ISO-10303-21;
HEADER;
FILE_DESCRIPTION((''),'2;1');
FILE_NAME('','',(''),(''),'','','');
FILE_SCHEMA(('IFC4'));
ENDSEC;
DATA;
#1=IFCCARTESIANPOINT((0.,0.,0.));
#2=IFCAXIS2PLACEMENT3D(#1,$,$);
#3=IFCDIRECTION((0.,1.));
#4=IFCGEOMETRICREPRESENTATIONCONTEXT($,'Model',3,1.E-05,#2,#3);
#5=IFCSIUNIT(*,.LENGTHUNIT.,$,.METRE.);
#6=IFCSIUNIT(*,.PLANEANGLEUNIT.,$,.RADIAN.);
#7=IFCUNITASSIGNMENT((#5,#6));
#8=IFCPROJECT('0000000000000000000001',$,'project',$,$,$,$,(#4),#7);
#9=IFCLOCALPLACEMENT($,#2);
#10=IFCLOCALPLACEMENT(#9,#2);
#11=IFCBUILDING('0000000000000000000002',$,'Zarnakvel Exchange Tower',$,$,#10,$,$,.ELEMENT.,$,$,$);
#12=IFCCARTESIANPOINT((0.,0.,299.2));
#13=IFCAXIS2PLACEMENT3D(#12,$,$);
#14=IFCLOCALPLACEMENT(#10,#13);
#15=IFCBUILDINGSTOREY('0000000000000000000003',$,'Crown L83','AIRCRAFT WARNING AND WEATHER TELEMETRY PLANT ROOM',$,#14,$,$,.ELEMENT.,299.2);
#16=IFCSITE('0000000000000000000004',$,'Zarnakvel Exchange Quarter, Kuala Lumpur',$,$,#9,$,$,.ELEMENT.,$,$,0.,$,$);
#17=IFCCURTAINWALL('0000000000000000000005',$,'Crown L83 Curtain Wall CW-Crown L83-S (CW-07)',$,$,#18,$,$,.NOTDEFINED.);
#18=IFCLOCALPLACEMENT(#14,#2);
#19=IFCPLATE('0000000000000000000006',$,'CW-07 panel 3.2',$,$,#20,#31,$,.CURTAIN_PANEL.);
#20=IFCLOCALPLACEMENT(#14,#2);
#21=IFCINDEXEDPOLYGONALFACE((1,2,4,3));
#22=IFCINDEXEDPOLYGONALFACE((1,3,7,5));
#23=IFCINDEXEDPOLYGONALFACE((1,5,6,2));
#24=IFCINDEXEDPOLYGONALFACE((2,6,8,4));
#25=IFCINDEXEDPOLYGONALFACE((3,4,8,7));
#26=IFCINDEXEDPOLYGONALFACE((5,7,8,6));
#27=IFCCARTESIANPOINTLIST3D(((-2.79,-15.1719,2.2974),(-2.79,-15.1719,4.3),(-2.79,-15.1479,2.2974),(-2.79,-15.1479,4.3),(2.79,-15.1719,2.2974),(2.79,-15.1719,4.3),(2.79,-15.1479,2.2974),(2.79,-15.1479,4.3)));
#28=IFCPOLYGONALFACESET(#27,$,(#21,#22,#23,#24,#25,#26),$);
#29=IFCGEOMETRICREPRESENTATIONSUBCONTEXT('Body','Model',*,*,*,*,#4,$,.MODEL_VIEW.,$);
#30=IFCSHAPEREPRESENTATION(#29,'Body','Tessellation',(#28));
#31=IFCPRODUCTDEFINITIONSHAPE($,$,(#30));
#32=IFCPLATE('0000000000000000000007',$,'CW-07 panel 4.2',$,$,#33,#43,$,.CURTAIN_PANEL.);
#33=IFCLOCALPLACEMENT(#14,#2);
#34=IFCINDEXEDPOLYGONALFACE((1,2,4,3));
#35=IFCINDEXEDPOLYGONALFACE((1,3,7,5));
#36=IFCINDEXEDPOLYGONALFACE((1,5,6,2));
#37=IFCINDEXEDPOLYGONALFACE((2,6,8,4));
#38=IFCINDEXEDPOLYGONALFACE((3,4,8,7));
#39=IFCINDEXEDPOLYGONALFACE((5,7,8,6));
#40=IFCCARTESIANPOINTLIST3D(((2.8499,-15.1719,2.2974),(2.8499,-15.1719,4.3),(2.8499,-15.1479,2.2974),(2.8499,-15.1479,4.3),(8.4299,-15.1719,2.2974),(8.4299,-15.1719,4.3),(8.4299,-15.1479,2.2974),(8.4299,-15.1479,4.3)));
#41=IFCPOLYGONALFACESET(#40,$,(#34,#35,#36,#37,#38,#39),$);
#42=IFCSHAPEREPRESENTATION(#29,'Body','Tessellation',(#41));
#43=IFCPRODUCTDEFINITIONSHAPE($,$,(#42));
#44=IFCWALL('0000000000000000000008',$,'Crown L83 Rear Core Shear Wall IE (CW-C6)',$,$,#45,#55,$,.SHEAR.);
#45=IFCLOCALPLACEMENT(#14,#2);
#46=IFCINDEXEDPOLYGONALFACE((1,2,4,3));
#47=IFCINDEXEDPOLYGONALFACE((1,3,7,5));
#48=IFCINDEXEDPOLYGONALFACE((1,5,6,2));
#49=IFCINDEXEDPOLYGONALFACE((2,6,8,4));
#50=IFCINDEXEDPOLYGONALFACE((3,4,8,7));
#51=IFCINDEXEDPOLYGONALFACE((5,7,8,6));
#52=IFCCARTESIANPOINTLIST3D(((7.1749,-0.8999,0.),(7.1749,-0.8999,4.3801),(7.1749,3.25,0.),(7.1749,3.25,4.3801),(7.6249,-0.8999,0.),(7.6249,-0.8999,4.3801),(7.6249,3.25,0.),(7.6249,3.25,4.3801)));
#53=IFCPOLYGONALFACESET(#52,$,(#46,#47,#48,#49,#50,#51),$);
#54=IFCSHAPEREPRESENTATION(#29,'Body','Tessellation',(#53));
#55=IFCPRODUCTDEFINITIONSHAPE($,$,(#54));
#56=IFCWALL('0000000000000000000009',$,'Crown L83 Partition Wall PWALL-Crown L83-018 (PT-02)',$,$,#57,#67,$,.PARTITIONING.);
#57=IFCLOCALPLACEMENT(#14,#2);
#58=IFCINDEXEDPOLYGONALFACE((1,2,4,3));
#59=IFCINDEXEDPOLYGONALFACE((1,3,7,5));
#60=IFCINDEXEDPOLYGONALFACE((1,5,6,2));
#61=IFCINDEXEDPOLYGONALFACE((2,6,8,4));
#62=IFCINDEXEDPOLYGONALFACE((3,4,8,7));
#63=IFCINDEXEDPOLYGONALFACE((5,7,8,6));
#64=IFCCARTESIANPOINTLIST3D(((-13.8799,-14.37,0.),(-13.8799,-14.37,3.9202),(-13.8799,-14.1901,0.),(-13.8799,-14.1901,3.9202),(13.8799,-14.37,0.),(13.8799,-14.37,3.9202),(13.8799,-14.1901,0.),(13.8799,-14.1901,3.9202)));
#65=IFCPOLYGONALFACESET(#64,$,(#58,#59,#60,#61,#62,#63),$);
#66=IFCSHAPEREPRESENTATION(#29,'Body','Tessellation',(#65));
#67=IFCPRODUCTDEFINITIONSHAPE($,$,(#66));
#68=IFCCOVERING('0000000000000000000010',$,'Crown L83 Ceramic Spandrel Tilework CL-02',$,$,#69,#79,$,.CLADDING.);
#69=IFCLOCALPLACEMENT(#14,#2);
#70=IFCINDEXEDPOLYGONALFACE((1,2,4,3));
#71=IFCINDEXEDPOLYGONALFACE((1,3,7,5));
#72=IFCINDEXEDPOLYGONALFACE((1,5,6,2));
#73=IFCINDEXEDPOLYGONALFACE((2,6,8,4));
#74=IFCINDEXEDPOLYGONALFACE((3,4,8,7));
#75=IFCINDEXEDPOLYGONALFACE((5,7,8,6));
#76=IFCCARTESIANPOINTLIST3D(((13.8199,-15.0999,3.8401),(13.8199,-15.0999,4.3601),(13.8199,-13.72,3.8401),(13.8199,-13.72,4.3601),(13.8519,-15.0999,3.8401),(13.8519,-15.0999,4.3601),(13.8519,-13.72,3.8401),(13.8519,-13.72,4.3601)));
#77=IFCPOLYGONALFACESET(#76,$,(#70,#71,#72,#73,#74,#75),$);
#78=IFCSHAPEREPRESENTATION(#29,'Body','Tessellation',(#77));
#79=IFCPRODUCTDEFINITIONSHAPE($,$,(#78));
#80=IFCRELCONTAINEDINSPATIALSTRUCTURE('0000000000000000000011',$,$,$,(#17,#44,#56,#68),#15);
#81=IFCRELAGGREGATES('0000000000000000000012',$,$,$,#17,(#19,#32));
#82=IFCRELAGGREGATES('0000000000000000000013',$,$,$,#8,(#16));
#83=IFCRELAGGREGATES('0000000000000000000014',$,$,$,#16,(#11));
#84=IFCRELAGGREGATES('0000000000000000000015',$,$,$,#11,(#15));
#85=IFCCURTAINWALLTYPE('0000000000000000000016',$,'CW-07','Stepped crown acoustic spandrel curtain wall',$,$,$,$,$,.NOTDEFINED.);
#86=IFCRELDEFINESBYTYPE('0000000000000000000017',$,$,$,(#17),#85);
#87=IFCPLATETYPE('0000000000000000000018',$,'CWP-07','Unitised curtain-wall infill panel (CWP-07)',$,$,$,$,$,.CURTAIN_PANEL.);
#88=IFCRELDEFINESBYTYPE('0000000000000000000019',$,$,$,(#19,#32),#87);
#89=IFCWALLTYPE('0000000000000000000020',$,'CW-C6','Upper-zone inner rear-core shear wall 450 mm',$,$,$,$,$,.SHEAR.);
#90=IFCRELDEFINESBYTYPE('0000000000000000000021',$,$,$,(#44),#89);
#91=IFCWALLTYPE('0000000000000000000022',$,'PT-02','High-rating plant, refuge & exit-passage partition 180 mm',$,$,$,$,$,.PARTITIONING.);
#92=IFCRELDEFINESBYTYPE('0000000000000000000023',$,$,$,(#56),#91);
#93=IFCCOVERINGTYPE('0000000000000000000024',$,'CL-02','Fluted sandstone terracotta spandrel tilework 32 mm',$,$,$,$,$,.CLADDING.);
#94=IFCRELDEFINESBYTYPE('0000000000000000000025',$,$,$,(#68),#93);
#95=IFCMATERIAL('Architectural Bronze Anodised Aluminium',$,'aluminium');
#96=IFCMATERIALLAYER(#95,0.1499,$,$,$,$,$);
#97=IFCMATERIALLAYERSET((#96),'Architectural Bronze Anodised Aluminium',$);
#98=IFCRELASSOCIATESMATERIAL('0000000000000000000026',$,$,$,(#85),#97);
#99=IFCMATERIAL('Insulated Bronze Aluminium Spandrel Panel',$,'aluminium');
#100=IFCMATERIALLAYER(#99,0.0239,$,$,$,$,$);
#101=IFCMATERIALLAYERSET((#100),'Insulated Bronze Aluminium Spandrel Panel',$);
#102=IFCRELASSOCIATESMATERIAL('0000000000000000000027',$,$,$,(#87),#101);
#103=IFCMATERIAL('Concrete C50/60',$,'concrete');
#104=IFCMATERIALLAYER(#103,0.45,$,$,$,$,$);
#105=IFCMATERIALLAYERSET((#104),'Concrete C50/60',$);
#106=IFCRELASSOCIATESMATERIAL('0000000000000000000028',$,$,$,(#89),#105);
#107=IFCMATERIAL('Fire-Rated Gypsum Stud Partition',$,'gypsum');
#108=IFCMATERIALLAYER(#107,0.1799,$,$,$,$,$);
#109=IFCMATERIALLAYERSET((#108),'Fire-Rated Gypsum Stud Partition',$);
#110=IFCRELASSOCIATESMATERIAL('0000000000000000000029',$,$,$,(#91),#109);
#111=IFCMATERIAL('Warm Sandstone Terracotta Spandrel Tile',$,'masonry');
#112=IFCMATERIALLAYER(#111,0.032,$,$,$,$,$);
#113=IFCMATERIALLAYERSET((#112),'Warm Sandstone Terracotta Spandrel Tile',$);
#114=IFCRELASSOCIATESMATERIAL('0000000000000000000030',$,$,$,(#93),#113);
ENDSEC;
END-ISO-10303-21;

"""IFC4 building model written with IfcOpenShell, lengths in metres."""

from ifc_helpers import new_model, si_unit, direction, frame, frame_2d, origin, origin_2d, place, context, subcontext, project, spatial, rectangle, extrude, source, transform, mapped, material, layer, layer_set, type_object, element, aggregate, save


model = new_model("IFC4")

# Units and contexts
model_context = context("Model", 3, precision=1e-05, world=origin(), true_north=direction((0.0, 1.0)))
body_context = subcontext(model_context, "Body", "Model", "MODEL_VIEW")
ifc_project = project(units=[si_unit("LENGTHUNIT", "METRE"), si_unit("PLANEANGLEUNIT", "RADIAN")], contexts=[model_context])

# Site, building, storey
site_placement = place(None, origin())
site = spatial("IfcSite", under=ifc_project, at=site_placement, Name="Zarnakvel Exchange Quarter, Kuala Lumpur", CompositionType="ELEMENT", RefElevation=0.0)
building_placement = place(site_placement, origin())
building = spatial("IfcBuilding", under=site, at=building_placement, Name="Zarnakvel Exchange Tower", CompositionType="ELEMENT")
storey_placement = place(building_placement, frame((0.0, 0.0, 299.2)))
storey = spatial("IfcBuildingStorey", under=building, at=storey_placement, Name="Crown L83", Description="AIRCRAFT WARNING AND WEATHER TELEMETRY PLANT ROOM", CompositionType="ELEMENT", Elevation=299.2)

# Shared definitions
ifc_material_1 = material(Name="Concrete C50/60", Category="concrete")

# Curtain wall
ifc_material_2 = material(Name="Architectural Bronze Anodised Aluminium", Category="aluminium")
ifc_layer_1 = layer(ifc_material_2, 0.1499)
ifc_layer_set_1 = layer_set([ifc_layer_1], Name="Architectural Bronze Anodised Aluminium")
curtain_wall_type = type_object("IfcCurtainWallType", Name="CW-07", Description="Stepped crown acoustic spandrel curtain wall", PredefinedType="NOTDEFINED", material=ifc_layer_set_1)
curtain_wall_placement = place(storey_placement, origin())
curtain_wall = element("IfcCurtainWall", 1, at=curtain_wall_placement, inside=storey, type_object=curtain_wall_type, Name="Crown L83 Curtain Wall CW-Crown L83-S (CW-07)", PredefinedType="NOTDEFINED")

# Plates
ifc_material_3 = material(Name="Insulated Bronze Aluminium Spandrel Panel", Category="aluminium")
ifc_layer_2 = layer(ifc_material_3, 0.0239)
ifc_layer_set_2 = layer_set([ifc_layer_2], Name="Insulated Bronze Aluminium Spandrel Panel")
plate_type_1 = type_object("IfcPlateType", Name="CWP-07", Description="Unitised curtain-wall infill panel (CWP-07)", PredefinedType="CURTAIN_PANEL", material=ifc_layer_set_2)
shared_shape_1 = source(origin(), body_context, "Body", "SweptSolid", [
    extrude(rectangle(XDim=5.5801, YDim=0.0239, at=origin_2d()), origin(), (0.0, 0.0, 1.0), 2.0027),
])
plate_1_placement = place(storey_placement, frame((0.0, -15.1599, 2.2974), z_axis=(0.0, 0.0, 1.0), x_axis=(1.0, 0.0, 0.0)))
plate_1 = element("IfcPlate", 2, at=plate_1_placement, type_object=plate_type_1, Name="CW-07 panel 3.2", PredefinedType="CURTAIN_PANEL", context=body_context, shape_type="MappedRepresentation", body=[
    mapped(shared_shape_1, transform((0.0, 0.0, 0.0), x_axis=(1.0, 0.0, 0.0), y_axis=(0.0, 1.0, 0.0), z_axis=(0.0, 0.0, 1.0), scale=1.0)),
])
plate_2_placement = place(storey_placement, frame((5.6399, -15.1599, 2.2974), z_axis=(0.0, 0.0, 1.0), x_axis=(1.0, 0.0, 0.0)))
plate_2 = element("IfcPlate", 3, at=plate_2_placement, type_object=plate_type_1, Name="CW-07 panel 4.2", PredefinedType="CURTAIN_PANEL", context=body_context, shape_type="MappedRepresentation", body=[
    mapped(shared_shape_1, transform((0.0, 0.0, 0.0), x_axis=(1.0, 0.0, 0.0), y_axis=(0.0, 1.0, 0.0), z_axis=(0.0, 0.0, 1.0), scale=1.0)),
])
aggregate(curtain_wall, [plate_1, plate_2])

# Walls
ifc_layer_3 = layer(ifc_material_1, 0.45)
ifc_layer_set_3 = layer_set([ifc_layer_3], Name="Concrete C50/60")
wall_type_1 = type_object("IfcWallType", Name="CW-C6", Description="Upper-zone inner rear-core shear wall 450 mm", PredefinedType="SHEAR", material=ifc_layer_set_3)
wall_1_placement = place(storey_placement, frame((7.3999, -0.8999, 0.0), z_axis=(0.0, 0.0, 1.0), x_axis=(0.0, 1.0, 0.0)))
element("IfcWall", 4, at=wall_1_placement, inside=storey, type_object=wall_type_1, Name="Crown L83 Rear Core Shear Wall IE (CW-C6)", PredefinedType="SHEAR", context=body_context, shape_type="SweptSolid", body=[
    extrude(rectangle(XDim=4.1499, YDim=0.45, at=frame_2d((2.075, 0.0))), origin(), (0.0, 0.0, 1.0), 4.3801),
])
ifc_material_4 = material(Name="Fire-Rated Gypsum Stud Partition", Category="gypsum")
ifc_layer_4 = layer(ifc_material_4, 0.1799)
ifc_layer_set_4 = layer_set([ifc_layer_4], Name="Fire-Rated Gypsum Stud Partition")
wall_type_2 = type_object("IfcWallType", Name="PT-02", Description="High-rating plant, refuge & exit-passage partition 180 mm", PredefinedType="PARTITIONING", material=ifc_layer_set_4)
wall_2_placement = place(storey_placement, frame((13.8799, -14.28, 0.0), z_axis=(0.0, 0.0, 1.0), x_axis=(-1.0, 0.0, 0.0)))
element("IfcWall", 5, at=wall_2_placement, inside=storey, type_object=wall_type_2, Name="Crown L83 Partition Wall PWALL-Crown L83-018 (PT-02)", PredefinedType="PARTITIONING", context=body_context, shape_type="SweptSolid", body=[
    extrude(rectangle(XDim=27.7598, YDim=0.1799, at=frame_2d((13.8799, 0.0))), origin(), (0.0, 0.0, 1.0), 3.9202),
])

# Covering
ifc_material_5 = material(Name="Warm Sandstone Terracotta Spandrel Tile", Category="masonry")
ifc_layer_5 = layer(ifc_material_5, 0.032)
ifc_layer_set_5 = layer_set([ifc_layer_5], Name="Warm Sandstone Terracotta Spandrel Tile")
covering_type = type_object("IfcCoveringType", Name="CL-02", Description="Fluted sandstone terracotta spandrel tilework 32 mm", PredefinedType="CLADDING", material=ifc_layer_set_5)
shared_shape_2 = source(origin(), body_context, "Body", "SweptSolid", [
    extrude(rectangle(XDim=1.3799, YDim=0.032, at=origin_2d()), origin(), (0.0, 0.0, 1.0), 0.52),
])
covering_placement = place(storey_placement, frame((13.8359, -14.4099, 3.8401), z_axis=(0.0, 0.0, 1.0), x_axis=(0.0, 1.0, 0.0)))
element("IfcCovering", 6, at=covering_placement, inside=storey, type_object=covering_type, Name="Crown L83 Ceramic Spandrel Tilework CL-02", PredefinedType="CLADDING", context=body_context, shape_type="MappedRepresentation", body=[
    mapped(shared_shape_2, transform((0.0, 0.0, 0.0), x_axis=(1.0, 0.0, 0.0), y_axis=(0.0, 1.0, 0.0), z_axis=(0.0, 0.0, 1.0), scale=1.0)),
])

save(model, "model.ifc")
